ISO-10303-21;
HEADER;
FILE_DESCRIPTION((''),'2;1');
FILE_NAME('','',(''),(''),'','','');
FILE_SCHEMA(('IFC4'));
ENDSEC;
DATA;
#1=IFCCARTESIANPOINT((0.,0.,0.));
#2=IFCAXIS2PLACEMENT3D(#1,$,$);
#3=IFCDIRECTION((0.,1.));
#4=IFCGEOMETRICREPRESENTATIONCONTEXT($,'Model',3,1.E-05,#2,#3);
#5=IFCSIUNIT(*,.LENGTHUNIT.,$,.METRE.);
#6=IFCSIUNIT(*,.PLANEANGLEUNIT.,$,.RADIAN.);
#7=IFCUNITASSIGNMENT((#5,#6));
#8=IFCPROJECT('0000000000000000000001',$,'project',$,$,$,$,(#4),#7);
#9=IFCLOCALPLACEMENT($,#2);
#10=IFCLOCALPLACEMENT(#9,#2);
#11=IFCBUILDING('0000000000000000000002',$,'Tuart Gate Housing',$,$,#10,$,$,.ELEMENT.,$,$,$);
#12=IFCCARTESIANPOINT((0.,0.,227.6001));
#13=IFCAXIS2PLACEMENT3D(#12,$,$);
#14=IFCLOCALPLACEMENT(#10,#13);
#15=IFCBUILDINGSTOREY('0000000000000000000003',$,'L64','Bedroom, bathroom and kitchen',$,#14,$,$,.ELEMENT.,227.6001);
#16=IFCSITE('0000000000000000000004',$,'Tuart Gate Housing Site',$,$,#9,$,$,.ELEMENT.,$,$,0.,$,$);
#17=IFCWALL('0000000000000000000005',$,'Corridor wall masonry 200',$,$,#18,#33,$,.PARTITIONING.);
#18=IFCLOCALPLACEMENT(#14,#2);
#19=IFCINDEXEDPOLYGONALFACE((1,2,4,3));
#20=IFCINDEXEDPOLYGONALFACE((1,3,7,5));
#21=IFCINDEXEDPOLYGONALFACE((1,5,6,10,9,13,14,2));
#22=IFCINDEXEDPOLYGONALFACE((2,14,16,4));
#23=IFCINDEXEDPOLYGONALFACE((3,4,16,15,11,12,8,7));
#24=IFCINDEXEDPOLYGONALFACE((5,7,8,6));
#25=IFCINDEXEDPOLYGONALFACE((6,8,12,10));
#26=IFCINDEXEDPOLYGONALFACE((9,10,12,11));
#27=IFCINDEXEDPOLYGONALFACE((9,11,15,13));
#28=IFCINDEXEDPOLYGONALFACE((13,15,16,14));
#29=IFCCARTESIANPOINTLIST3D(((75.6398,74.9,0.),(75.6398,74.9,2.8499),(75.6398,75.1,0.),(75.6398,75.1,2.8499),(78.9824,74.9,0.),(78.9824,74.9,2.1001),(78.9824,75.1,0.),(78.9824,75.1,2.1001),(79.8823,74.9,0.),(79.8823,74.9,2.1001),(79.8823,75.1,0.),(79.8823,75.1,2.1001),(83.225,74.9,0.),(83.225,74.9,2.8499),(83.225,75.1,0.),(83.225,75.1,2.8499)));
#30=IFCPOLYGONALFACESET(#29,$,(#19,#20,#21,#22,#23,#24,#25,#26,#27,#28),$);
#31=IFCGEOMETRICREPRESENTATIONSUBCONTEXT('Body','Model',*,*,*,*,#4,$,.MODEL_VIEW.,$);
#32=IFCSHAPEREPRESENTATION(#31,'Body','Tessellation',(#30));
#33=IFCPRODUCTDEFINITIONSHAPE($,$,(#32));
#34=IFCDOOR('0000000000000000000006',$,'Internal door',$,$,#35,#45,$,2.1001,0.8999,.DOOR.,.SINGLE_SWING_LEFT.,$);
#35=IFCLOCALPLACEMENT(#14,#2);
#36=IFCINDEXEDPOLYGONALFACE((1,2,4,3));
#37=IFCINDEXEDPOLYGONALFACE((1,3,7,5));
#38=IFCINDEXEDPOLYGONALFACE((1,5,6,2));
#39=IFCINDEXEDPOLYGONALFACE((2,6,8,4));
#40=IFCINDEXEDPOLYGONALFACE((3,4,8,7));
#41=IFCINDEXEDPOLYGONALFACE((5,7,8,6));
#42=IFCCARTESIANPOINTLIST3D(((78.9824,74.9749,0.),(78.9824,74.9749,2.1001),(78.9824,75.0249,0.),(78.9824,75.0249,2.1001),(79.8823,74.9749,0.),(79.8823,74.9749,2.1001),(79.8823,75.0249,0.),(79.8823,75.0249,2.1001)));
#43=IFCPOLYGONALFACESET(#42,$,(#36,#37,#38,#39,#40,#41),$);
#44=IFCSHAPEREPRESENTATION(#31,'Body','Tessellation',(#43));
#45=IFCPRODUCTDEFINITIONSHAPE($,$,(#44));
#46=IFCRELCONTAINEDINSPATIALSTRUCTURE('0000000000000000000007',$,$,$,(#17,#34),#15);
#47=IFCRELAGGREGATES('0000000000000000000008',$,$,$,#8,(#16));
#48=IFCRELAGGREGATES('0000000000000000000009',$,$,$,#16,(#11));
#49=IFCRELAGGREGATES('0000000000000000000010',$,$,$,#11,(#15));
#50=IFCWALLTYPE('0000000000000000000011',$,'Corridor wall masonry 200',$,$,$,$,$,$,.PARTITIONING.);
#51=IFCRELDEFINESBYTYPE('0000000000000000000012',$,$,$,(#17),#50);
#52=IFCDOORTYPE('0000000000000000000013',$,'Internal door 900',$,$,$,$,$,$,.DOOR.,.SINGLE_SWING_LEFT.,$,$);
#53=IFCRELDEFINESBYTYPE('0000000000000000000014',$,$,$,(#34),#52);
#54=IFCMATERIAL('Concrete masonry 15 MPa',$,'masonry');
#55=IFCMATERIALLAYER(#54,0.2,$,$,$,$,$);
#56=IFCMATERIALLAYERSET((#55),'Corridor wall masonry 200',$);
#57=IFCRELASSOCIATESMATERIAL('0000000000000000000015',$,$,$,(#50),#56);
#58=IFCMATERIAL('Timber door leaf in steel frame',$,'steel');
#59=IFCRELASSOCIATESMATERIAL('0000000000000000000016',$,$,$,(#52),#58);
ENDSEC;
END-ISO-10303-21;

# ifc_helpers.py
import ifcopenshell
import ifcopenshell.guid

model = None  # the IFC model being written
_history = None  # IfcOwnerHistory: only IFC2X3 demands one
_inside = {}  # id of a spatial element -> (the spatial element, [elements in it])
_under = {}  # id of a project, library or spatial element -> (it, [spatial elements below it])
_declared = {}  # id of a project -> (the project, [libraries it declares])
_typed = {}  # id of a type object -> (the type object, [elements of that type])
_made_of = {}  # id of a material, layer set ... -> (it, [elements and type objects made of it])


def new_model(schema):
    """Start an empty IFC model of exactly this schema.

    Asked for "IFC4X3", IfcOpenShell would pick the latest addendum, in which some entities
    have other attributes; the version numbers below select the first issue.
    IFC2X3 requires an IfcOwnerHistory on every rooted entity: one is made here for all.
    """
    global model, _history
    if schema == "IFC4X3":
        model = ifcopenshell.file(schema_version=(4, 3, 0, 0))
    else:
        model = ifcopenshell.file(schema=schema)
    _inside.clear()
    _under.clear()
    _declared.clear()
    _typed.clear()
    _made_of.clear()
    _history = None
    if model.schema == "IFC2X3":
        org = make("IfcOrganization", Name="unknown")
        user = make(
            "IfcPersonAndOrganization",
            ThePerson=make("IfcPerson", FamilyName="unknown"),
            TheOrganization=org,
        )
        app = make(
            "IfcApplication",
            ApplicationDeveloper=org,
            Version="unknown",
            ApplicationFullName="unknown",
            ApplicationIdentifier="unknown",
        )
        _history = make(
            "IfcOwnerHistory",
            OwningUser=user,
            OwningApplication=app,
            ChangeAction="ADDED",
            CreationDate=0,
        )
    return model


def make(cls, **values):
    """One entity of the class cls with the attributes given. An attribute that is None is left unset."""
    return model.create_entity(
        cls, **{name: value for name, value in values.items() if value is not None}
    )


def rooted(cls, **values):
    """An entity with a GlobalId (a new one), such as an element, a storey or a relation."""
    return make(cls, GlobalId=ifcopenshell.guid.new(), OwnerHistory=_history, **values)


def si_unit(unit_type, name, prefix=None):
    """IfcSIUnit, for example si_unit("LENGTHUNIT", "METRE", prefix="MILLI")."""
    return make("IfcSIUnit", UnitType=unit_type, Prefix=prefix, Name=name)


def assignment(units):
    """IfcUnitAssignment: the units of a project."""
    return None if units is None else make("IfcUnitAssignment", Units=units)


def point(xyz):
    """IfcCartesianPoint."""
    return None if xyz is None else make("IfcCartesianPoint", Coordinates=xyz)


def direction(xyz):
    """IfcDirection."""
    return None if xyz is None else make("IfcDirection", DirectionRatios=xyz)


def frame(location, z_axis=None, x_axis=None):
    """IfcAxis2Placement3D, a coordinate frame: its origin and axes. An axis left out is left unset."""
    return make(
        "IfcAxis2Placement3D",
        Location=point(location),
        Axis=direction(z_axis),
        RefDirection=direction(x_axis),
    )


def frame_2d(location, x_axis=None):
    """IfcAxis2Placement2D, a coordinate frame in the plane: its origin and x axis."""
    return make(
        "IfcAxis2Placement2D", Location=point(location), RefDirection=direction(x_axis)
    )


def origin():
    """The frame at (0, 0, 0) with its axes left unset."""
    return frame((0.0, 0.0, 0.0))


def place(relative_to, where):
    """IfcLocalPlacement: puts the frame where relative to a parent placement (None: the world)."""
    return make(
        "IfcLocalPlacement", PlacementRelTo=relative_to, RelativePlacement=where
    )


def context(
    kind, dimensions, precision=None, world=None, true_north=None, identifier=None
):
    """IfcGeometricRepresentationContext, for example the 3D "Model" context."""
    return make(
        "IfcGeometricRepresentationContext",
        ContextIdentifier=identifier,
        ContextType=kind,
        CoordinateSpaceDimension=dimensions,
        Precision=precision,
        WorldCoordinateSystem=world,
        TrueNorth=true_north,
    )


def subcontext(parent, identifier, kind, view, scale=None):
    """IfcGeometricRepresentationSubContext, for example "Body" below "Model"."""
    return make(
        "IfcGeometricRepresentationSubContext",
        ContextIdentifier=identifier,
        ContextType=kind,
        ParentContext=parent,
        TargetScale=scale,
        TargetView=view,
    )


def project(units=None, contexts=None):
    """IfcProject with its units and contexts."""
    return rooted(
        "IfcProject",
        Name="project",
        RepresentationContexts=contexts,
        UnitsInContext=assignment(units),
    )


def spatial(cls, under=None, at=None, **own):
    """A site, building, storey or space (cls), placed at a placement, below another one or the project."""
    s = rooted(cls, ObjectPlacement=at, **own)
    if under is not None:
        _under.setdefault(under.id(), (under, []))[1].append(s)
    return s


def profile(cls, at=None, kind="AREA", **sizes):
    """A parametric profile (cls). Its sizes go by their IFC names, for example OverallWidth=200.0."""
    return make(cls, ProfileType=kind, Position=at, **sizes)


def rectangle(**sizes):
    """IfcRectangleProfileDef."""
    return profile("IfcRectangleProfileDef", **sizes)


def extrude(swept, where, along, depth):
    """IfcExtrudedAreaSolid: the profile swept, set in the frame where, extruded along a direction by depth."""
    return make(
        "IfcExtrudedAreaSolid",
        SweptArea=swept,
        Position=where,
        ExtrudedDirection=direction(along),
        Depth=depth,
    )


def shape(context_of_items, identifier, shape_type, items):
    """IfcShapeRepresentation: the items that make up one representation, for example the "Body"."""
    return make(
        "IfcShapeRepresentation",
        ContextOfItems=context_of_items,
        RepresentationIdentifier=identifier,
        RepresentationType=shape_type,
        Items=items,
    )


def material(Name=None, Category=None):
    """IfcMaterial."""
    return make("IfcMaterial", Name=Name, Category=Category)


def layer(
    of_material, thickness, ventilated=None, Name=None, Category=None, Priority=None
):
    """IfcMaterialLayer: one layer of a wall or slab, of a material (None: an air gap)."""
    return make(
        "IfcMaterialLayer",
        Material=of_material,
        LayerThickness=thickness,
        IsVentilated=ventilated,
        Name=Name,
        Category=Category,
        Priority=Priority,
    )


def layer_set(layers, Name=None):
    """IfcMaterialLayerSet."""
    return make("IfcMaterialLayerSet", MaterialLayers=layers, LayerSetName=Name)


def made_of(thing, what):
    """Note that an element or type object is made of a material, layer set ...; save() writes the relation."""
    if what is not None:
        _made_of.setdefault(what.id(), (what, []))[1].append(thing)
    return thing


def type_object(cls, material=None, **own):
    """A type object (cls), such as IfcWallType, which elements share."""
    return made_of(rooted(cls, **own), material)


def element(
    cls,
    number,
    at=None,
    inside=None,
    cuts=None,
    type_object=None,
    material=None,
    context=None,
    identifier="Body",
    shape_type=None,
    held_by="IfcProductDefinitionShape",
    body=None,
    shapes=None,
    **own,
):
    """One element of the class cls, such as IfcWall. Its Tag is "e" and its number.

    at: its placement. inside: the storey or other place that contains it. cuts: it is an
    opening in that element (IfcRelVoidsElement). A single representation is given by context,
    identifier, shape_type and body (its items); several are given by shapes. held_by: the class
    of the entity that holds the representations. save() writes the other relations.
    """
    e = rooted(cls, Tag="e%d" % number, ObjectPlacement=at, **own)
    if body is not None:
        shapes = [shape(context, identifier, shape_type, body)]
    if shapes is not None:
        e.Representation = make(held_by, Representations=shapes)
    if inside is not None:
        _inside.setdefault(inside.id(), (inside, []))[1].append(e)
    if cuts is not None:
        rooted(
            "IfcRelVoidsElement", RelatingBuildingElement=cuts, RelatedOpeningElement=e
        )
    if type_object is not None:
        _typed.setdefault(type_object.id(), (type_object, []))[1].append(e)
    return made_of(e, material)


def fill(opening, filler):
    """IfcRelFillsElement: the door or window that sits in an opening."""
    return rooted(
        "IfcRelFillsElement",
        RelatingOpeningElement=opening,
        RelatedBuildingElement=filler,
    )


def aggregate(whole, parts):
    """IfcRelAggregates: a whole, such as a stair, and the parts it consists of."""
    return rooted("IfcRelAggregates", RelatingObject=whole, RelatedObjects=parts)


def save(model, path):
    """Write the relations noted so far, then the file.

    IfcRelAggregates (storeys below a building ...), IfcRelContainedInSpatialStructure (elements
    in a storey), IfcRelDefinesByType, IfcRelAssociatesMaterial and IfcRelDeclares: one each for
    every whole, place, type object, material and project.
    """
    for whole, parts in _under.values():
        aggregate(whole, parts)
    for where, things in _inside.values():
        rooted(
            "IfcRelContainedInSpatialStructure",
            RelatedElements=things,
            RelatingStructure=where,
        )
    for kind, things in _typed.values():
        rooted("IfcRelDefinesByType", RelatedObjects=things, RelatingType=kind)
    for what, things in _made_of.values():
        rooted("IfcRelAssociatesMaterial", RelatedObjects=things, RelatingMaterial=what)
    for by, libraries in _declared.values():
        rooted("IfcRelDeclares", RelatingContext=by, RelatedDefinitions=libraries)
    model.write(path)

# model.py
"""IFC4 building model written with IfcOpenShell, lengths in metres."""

from ifc_helpers import new_model, si_unit, direction, frame, frame_2d, origin, place, context, subcontext, project, spatial, rectangle, extrude, material, layer, layer_set, type_object, element, fill, save


model = new_model("IFC4")

# Units and contexts
model_context = context("Model", 3, precision=1e-05, world=origin(), true_north=direction((0.0, 1.0)))
body_context = subcontext(model_context, "Body", "Model", "MODEL_VIEW")
ifc_project = project(units=[si_unit("LENGTHUNIT", "METRE"), si_unit("PLANEANGLEUNIT", "RADIAN")], contexts=[model_context])

# Site, building, storey
site_placement = place(None, origin())
site = spatial("IfcSite", under=ifc_project, at=site_placement, Name="Tuart Gate Housing Site", CompositionType="ELEMENT", RefElevation=0.0)
building_placement = place(site_placement, origin())
building = spatial("IfcBuilding", under=site, at=building_placement, Name="Tuart Gate Housing", CompositionType="ELEMENT")
storey_placement = place(building_placement, frame((0.0, 0.0, 227.6001)))
storey = spatial("IfcBuildingStorey", under=building, at=storey_placement, Name="L64", Description="Bedroom, bathroom and kitchen", CompositionType="ELEMENT", Elevation=227.6001)

# Shared definitions
ifc_material_1 = material(Name="Concrete masonry 15 MPa", Category="masonry")
ifc_layer_1 = layer(ifc_material_1, 0.2)
ifc_layer_set_1 = layer_set([ifc_layer_1], Name="Corridor wall masonry 200")
wall_type_1 = type_object("IfcWallType", Name="Corridor wall masonry 200", PredefinedType="PARTITIONING", material=ifc_layer_set_1)

# Wall, opening, door
wall_1_placement = place(storey_placement, frame((75.6399, 75.0, 0.0), z_axis=(0.0, 0.0, 1.0), x_axis=(1.0, 0.0, 0.0)))
wall_1 = element("IfcWall", 1, at=wall_1_placement, inside=storey, type_object=wall_type_1, Name="Corridor wall masonry 200", PredefinedType="PARTITIONING", context=body_context, shape_type="SweptSolid", body=[
    extrude(rectangle(XDim=7.5852, YDim=0.2, at=frame_2d((3.7925, 0.0))), origin(), (0.0, 0.0, 1.0), 2.8499),
])
opening_1_placement = place(wall_1_placement, frame((3.3425, 0.0, 0.0)))
opening_1 = element("IfcOpeningElement", 2, at=opening_1_placement, cuts=wall_1, PredefinedType="OPENING", context=body_context, shape_type="SweptSolid", body=[
    extrude(rectangle(XDim=0.8999, YDim=2.1001, at=frame_2d((0.45, 1.05))), frame((0.0, 0.1099, 0.0), z_axis=(0.0, -1.0, 0.0), x_axis=(1.0, 0.0, 0.0)), (0.0, 0.0, 1.0), 0.22),
])
ifc_material_2 = material(Name="Timber door leaf in steel frame", Category="steel")
door_type_1 = type_object("IfcDoorType", Name="Internal door 900", OperationType="SINGLE_SWING_LEFT", PredefinedType="DOOR", material=ifc_material_2)
door_1_placement = place(opening_1_placement, origin())
door_1 = element("IfcDoor", 3, at=door_1_placement, inside=storey, type_object=door_type_1, Name="Internal door", OperationType="SINGLE_SWING_LEFT", OverallHeight=2.1001, OverallWidth=0.8999, PredefinedType="DOOR", context=body_context, shape_type="SweptSolid", body=[
    extrude(rectangle(XDim=0.8999, YDim=2.1001, at=frame_2d((0.45, 1.05))), frame((0.0, 0.0249, 0.0), z_axis=(0.0, -1.0, 0.0), x_axis=(1.0, 0.0, 0.0)), (0.0, 0.0, 1.0), 0.05),
])
fill(opening_1, door_1)

save(model, "model.ifc")
